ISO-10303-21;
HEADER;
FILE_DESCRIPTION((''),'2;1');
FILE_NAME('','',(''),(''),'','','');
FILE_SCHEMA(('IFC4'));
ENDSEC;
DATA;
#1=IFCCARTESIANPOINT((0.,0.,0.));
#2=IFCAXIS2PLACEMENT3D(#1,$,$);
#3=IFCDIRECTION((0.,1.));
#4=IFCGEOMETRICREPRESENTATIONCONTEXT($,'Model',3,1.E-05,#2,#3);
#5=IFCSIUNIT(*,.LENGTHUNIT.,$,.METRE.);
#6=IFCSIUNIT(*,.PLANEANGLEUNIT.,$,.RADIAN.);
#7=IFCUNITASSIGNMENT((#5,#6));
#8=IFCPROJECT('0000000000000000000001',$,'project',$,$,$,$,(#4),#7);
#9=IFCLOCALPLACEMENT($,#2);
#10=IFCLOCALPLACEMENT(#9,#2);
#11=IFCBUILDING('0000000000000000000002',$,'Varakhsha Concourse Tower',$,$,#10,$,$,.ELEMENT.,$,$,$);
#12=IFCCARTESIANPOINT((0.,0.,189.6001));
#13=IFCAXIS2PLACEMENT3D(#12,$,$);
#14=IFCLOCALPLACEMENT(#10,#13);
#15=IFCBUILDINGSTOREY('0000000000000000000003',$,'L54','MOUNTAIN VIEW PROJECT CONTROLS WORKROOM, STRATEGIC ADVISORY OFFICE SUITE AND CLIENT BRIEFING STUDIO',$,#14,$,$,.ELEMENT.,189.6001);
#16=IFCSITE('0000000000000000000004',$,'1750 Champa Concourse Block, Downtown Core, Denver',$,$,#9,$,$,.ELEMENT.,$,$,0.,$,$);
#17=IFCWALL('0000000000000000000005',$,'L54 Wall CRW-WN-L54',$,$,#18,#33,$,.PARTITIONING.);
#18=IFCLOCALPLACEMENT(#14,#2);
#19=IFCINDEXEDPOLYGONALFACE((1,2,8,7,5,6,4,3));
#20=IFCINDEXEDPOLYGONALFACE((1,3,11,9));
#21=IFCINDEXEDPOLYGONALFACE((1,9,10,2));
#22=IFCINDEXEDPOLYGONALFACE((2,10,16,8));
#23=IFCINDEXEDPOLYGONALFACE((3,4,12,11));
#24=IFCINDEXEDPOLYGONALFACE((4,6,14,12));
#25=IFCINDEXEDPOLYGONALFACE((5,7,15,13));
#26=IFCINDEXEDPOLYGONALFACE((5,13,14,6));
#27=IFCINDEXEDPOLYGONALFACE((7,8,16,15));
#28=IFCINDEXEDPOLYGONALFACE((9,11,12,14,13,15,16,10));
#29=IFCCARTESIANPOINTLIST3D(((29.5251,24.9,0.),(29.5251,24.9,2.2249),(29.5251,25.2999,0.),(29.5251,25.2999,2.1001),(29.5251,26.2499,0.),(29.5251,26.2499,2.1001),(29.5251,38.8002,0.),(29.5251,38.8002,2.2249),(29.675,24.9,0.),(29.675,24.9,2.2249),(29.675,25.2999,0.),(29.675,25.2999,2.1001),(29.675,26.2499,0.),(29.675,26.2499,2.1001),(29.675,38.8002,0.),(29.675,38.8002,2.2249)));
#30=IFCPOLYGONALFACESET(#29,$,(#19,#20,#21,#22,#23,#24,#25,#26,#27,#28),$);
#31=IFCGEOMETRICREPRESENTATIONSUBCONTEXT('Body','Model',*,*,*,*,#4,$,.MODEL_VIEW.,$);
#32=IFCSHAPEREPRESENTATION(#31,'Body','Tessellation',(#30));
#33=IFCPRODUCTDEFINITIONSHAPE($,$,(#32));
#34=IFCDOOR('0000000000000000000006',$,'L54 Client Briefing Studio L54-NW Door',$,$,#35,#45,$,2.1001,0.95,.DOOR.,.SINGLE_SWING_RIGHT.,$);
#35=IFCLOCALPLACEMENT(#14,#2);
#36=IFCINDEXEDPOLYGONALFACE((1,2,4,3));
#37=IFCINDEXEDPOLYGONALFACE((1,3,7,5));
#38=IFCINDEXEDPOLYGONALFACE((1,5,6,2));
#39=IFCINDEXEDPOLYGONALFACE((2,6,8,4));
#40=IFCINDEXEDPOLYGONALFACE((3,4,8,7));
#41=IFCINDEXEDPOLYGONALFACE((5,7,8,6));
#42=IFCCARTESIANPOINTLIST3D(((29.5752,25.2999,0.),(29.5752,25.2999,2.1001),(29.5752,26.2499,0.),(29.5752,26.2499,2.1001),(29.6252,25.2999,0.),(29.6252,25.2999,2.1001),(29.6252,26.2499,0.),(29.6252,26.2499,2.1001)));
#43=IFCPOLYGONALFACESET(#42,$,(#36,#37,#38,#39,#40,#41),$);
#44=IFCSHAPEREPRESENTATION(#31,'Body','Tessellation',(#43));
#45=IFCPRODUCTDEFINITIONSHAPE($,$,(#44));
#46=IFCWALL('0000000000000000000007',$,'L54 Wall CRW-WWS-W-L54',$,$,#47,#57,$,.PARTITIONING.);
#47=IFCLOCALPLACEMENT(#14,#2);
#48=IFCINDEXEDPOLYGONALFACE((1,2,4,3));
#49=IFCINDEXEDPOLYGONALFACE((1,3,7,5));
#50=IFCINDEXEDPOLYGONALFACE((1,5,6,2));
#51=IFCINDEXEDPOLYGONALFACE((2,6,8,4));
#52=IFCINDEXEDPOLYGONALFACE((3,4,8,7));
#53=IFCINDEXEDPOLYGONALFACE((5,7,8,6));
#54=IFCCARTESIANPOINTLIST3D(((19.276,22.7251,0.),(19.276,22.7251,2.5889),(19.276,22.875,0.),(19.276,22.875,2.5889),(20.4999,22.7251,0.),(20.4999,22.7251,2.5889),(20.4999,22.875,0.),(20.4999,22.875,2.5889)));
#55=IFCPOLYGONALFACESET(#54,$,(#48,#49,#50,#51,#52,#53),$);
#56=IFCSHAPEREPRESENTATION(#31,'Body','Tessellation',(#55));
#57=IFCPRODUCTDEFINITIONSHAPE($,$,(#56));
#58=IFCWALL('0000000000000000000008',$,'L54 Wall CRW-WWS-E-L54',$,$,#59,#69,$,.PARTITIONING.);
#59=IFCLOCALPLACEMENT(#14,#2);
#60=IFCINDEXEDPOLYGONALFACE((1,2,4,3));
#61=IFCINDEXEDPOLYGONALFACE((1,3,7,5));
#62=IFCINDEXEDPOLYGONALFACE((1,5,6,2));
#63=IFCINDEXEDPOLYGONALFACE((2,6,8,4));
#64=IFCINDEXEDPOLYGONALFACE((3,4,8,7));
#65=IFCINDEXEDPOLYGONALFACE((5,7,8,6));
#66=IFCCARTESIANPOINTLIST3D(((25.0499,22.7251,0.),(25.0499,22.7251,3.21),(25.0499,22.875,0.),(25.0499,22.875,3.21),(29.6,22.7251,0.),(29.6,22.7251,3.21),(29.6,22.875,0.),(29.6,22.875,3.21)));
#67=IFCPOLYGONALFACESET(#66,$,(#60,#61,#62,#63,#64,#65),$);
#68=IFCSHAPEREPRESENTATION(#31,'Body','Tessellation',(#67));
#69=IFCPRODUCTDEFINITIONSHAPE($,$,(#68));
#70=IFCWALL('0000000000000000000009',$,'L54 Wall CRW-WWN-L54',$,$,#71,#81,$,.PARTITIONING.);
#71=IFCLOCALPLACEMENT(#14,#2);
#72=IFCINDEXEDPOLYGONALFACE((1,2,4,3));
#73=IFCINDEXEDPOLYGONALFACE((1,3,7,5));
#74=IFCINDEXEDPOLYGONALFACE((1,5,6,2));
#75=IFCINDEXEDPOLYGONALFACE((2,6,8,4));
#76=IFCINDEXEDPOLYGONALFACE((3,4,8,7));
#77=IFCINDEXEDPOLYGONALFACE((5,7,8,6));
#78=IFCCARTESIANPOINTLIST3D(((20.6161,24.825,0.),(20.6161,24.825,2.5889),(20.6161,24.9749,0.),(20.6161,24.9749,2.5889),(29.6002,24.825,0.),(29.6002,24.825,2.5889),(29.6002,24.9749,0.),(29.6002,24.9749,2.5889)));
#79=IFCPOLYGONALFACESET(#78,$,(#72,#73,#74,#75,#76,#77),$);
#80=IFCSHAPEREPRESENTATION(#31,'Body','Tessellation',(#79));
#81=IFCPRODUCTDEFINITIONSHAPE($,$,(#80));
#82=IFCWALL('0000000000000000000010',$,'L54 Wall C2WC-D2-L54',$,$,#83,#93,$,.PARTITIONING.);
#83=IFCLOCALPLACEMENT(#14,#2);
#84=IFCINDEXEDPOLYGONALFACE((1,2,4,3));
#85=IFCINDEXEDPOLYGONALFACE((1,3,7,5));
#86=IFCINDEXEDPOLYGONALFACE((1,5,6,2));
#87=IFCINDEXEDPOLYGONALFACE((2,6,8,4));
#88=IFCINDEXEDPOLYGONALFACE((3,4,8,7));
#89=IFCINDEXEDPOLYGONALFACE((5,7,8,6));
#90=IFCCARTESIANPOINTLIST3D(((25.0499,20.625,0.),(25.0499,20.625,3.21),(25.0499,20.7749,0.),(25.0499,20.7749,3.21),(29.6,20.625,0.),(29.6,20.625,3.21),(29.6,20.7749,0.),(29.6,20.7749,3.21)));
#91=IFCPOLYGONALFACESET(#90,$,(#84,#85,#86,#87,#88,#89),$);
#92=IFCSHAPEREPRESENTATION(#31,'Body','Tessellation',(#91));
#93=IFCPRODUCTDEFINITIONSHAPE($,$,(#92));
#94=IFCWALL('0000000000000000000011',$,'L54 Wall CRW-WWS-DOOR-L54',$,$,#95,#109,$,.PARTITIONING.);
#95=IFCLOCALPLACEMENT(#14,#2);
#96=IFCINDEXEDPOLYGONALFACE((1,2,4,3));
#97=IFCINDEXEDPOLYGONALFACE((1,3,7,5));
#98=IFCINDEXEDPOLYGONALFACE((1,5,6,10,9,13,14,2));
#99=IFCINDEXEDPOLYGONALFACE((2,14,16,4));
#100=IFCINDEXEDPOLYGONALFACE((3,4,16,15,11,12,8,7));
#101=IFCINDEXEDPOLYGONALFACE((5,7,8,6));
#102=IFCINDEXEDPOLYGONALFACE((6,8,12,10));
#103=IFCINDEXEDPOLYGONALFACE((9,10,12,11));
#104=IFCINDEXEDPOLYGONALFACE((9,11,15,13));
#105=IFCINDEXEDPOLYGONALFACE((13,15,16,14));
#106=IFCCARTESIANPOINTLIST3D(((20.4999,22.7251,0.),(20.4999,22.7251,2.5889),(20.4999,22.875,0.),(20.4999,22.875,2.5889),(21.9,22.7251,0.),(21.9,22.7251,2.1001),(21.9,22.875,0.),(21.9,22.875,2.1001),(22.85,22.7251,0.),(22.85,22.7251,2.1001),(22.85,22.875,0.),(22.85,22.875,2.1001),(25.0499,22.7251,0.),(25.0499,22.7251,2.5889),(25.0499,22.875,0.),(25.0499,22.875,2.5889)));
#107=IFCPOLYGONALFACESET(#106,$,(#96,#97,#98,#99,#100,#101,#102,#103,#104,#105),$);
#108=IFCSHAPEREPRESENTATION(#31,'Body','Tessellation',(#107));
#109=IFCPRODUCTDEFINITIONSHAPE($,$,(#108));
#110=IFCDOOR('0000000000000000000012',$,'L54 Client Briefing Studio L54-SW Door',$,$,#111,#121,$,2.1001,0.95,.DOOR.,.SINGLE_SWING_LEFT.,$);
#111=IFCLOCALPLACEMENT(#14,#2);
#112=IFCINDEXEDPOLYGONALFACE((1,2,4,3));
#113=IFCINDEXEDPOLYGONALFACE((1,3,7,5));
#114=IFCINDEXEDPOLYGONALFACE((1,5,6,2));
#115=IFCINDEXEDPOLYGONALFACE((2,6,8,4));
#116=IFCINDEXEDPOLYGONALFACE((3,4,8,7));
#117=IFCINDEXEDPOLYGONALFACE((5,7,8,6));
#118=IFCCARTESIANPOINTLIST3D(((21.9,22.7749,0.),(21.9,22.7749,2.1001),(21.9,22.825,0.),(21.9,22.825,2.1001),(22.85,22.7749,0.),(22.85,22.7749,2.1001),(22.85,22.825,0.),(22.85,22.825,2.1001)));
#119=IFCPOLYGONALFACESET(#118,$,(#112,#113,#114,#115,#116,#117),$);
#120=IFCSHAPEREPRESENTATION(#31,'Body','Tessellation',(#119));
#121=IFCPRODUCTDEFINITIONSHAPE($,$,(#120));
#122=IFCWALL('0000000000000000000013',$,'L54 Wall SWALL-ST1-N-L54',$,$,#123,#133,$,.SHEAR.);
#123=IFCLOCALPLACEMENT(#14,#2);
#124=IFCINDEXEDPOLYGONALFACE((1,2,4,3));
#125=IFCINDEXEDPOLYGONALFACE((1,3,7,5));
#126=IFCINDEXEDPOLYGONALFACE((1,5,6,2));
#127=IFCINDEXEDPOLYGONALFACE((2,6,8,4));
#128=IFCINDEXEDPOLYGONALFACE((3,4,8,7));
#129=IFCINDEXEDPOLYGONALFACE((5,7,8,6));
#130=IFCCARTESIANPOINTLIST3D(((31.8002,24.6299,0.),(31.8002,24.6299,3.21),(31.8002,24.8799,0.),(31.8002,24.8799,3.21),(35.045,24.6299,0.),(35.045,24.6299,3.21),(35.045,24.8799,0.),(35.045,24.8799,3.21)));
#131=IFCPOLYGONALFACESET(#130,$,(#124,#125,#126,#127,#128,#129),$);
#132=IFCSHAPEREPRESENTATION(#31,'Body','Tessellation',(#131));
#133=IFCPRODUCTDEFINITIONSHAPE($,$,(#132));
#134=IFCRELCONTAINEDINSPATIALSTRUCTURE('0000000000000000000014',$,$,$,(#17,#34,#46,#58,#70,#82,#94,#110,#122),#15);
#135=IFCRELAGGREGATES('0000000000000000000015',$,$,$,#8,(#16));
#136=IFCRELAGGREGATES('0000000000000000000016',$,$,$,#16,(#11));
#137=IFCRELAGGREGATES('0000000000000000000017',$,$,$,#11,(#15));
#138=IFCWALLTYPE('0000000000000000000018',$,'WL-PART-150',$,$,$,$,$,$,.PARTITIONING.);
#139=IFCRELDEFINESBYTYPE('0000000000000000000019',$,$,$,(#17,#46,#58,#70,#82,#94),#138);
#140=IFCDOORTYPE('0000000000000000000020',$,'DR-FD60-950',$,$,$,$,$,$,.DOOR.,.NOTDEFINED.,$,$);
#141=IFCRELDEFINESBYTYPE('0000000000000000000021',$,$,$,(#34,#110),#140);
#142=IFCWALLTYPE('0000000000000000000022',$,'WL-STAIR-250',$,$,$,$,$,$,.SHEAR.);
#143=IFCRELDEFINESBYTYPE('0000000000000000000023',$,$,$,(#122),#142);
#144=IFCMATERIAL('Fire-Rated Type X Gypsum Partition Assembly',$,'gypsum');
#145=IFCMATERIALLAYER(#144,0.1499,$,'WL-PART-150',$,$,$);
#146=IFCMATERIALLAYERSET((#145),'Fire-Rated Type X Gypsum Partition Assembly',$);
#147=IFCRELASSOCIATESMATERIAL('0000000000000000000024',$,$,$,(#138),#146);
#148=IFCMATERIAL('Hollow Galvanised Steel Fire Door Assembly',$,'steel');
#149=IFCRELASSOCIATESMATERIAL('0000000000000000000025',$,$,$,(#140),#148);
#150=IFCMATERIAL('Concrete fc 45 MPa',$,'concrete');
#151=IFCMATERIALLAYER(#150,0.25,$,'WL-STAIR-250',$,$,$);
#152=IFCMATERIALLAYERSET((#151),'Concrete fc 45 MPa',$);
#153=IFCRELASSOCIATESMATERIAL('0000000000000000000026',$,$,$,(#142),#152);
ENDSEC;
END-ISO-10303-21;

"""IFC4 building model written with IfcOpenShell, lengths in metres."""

from ifc_helpers import new_model, si_unit, direction, frame, frame_2d, origin, place, context, subcontext, project, spatial, rectangle, extrude, material, layer, layer_set, type_object, element, fill, save


model = new_model("IFC4")

# Units and contexts
model_context = context("Model", 3, precision=1e-05, world=origin(), true_north=direction((0.0, 1.0)))
body_context = subcontext(model_context, "Body", "Model", "MODEL_VIEW")
ifc_project = project(units=[si_unit("LENGTHUNIT", "METRE"), si_unit("PLANEANGLEUNIT", "RADIAN")], contexts=[model_context])

# Site, building, storey
site_placement = place(None, origin())
site = spatial("IfcSite", under=ifc_project, at=site_placement, Name="1750 Champa Concourse Block, Downtown Core, Denver", CompositionType="ELEMENT", RefElevation=0.0)
building_placement = place(site_placement, origin())
building = spatial("IfcBuilding", under=site, at=building_placement, Name="Varakhsha Concourse Tower", CompositionType="ELEMENT")
storey_placement = place(building_placement, frame((0.0, 0.0, 189.6001)))
storey = spatial("IfcBuildingStorey", under=building, at=storey_placement, Name="L54", Description="MOUNTAIN VIEW PROJECT CONTROLS WORKROOM, STRATEGIC ADVISORY OFFICE SUITE AND CLIENT BRIEFING STUDIO", CompositionType="ELEMENT", Elevation=189.6001)

# Wall, opening, door
ifc_material_1 = material(Name="Fire-Rated Type X Gypsum Partition Assembly", Category="gypsum")
ifc_layer_1 = layer(ifc_material_1, 0.1499, Name="WL-PART-150")
ifc_layer_set_1 = layer_set([ifc_layer_1], Name="Fire-Rated Type X Gypsum Partition Assembly")
wall_type_1 = type_object("IfcWallType", Name="WL-PART-150", PredefinedType="PARTITIONING", material=ifc_layer_set_1)
wall_1_placement = place(storey_placement, frame((29.6001, 24.8999, 0.0), z_axis=(0.0, 0.0, 1.0), x_axis=(0.0, 1.0, 0.0)))
wall_1 = element("IfcWall", 1, at=wall_1_placement, inside=storey, type_object=wall_type_1, Name="L54 Wall CRW-WN-L54", PredefinedType="PARTITIONING", context=body_context, shape_type="SweptSolid", body=[
    extrude(rectangle(XDim=13.9001, YDim=0.1499, at=frame_2d((6.9502, 0.0))), origin(), (0.0, 0.0, 1.0), 2.2249),
])
opening_1_placement = place(wall_1_placement, frame((0.3999, 0.0, 0.0)))
opening_1 = element("IfcOpeningElement", 2, at=opening_1_placement, cuts=wall_1, PredefinedType="OPENING", context=body_context, shape_type="SweptSolid", body=[
    extrude(rectangle(XDim=0.95, YDim=2.1001, at=frame_2d((0.4751, 1.05))), frame((0.0, 0.085, 0.0), z_axis=(0.0, -1.0, 0.0), x_axis=(1.0, 0.0, 0.0)), (0.0, 0.0, 1.0), 0.1699),
])
ifc_material_2 = material(Name="Hollow Galvanised Steel Fire Door Assembly", Category="steel")
door_type_1 = type_object("IfcDoorType", Name="DR-FD60-950", OperationType="NOTDEFINED", PredefinedType="DOOR", material=ifc_material_2)
door_1_placement = place(opening_1_placement, origin())
door_1 = element("IfcDoor", 3, at=door_1_placement, inside=storey, type_object=door_type_1, Name="L54 Client Briefing Studio L54-NW Door", OperationType="SINGLE_SWING_RIGHT", OverallHeight=2.1001, OverallWidth=0.95, PredefinedType="DOOR", context=body_context, shape_type="SweptSolid", body=[
    extrude(rectangle(XDim=0.95, YDim=2.1001, at=frame_2d((0.4751, 1.05))), frame((0.0, 0.0249, 0.0), z_axis=(0.0, -1.0, 0.0), x_axis=(1.0, 0.0, 0.0)), (0.0, 0.0, 1.0), 0.05),
])
fill(opening_1, door_1)

# Walls
wall_2_placement = place(storey_placement, frame((19.2761, 22.8, 0.0), z_axis=(0.0, 0.0, 1.0), x_axis=(1.0, 0.0, 0.0)))
element("IfcWall", 4, at=wall_2_placement, inside=storey, type_object=wall_type_1, Name="L54 Wall CRW-WWS-W-L54", PredefinedType="PARTITIONING", context=body_context, shape_type="SweptSolid", body=[
    extrude(rectangle(XDim=1.2239, YDim=0.1499, at=frame_2d((0.6118, 0.0))), origin(), (0.0, 0.0, 1.0), 2.5889),
])
wall_3_placement = place(storey_placement, frame((25.05, 22.8, 0.0), z_axis=(0.0, 0.0, 1.0), x_axis=(1.0, 0.0, 0.0)))
element("IfcWall", 5, at=wall_3_placement, inside=storey, type_object=wall_type_1, Name="L54 Wall CRW-WWS-E-L54", PredefinedType="PARTITIONING", context=body_context, shape_type="SweptSolid", body=[
    extrude(rectangle(XDim=4.55, YDim=0.1499, at=frame_2d((2.2749, 0.0))), origin(), (0.0, 0.0, 1.0), 3.21),
])
wall_4_placement = place(storey_placement, frame((20.616, 24.8999, 0.0), z_axis=(0.0, 0.0, 1.0), x_axis=(1.0, 0.0, 0.0)))
element("IfcWall", 6, at=wall_4_placement, inside=storey, type_object=wall_type_1, Name="L54 Wall CRW-WWN-L54", PredefinedType="PARTITIONING", context=body_context, shape_type="SweptSolid", body=[
    extrude(rectangle(XDim=8.9841, YDim=0.1499, at=frame_2d((4.4922, 0.0))), origin(), (0.0, 0.0, 1.0), 2.5889),
])
wall_5_placement = place(storey_placement, frame((25.05, 20.7, 0.0), z_axis=(0.0, 0.0, 1.0), x_axis=(1.0, 0.0, 0.0)))
element("IfcWall", 7, at=wall_5_placement, inside=storey, type_object=wall_type_1, Name="L54 Wall C2WC-D2-L54", PredefinedType="PARTITIONING", context=body_context, shape_type="SweptSolid", body=[
    extrude(rectangle(XDim=4.55, YDim=0.1499, at=frame_2d((2.2749, 0.0))), origin(), (0.0, 0.0, 1.0), 3.21),
])

# Wall, opening, door
wall_6_placement = place(storey_placement, frame((20.5, 22.8, 0.0), z_axis=(0.0, 0.0, 1.0), x_axis=(1.0, 0.0, 0.0)))
wall_6 = element("IfcWall", 8, at=wall_6_placement, inside=storey, type_object=wall_type_1, Name="L54 Wall CRW-WWS-DOOR-L54", PredefinedType="PARTITIONING", context=body_context, shape_type="SweptSolid", body=[
    extrude(rectangle(XDim=4.55, YDim=0.1499, at=frame_2d((2.2749, 0.0))), origin(), (0.0, 0.0, 1.0), 2.5889),
])
opening_2_placement = place(wall_6_placement, frame((1.3999, 0.0, 0.0)))
opening_2 = element("IfcOpeningElement", 9, at=opening_2_placement, cuts=wall_6, PredefinedType="OPENING", context=body_context, shape_type="SweptSolid", body=[
    extrude(rectangle(XDim=0.95, YDim=2.1001, at=frame_2d((0.4751, 1.05))), frame((0.0, 0.085, 0.0), z_axis=(0.0, -1.0, 0.0), x_axis=(1.0, 0.0, 0.0)), (0.0, 0.0, 1.0), 0.1699),
])
door_2_placement = place(opening_2_placement, origin())
door_2 = element("IfcDoor", 10, at=door_2_placement, inside=storey, type_object=door_type_1, Name="L54 Client Briefing Studio L54-SW Door", OperationType="SINGLE_SWING_LEFT", OverallHeight=2.1001, OverallWidth=0.95, PredefinedType="DOOR", context=body_context, shape_type="SweptSolid", body=[
    extrude(rectangle(XDim=0.95, YDim=2.1001, at=frame_2d((0.4751, 1.05))), frame((0.0, 0.0249, 0.0), z_axis=(0.0, -1.0, 0.0), x_axis=(1.0, 0.0, 0.0)), (0.0, 0.0, 1.0), 0.05),
])
fill(opening_2, door_2)

# Wall
ifc_material_3 = material(Name="Concrete fc 45 MPa", Category="concrete")
ifc_layer_2 = layer(ifc_material_3, 0.25, Name="WL-STAIR-250")
ifc_layer_set_2 = layer_set([ifc_layer_2], Name="Concrete fc 45 MPa")
wall_type_2 = type_object("IfcWallType", Name="WL-STAIR-250", PredefinedType="SHEAR", material=ifc_layer_set_2)
wall_7_placement = place(storey_placement, frame((31.8, 24.7549, 0.0), z_axis=(0.0, 0.0, 1.0), x_axis=(1.0, 0.0, 0.0)))
element("IfcWall", 11, at=wall_7_placement, inside=storey, type_object=wall_type_2, Name="L54 Wall SWALL-ST1-N-L54", PredefinedType="SHEAR", context=body_context, shape_type="SweptSolid", body=[
    extrude(rectangle(XDim=3.2449, YDim=0.25, at=frame_2d((1.6226, 0.0))), origin(), (0.0, 0.0, 1.0), 3.21),
])

save(model, "model.ifc")
